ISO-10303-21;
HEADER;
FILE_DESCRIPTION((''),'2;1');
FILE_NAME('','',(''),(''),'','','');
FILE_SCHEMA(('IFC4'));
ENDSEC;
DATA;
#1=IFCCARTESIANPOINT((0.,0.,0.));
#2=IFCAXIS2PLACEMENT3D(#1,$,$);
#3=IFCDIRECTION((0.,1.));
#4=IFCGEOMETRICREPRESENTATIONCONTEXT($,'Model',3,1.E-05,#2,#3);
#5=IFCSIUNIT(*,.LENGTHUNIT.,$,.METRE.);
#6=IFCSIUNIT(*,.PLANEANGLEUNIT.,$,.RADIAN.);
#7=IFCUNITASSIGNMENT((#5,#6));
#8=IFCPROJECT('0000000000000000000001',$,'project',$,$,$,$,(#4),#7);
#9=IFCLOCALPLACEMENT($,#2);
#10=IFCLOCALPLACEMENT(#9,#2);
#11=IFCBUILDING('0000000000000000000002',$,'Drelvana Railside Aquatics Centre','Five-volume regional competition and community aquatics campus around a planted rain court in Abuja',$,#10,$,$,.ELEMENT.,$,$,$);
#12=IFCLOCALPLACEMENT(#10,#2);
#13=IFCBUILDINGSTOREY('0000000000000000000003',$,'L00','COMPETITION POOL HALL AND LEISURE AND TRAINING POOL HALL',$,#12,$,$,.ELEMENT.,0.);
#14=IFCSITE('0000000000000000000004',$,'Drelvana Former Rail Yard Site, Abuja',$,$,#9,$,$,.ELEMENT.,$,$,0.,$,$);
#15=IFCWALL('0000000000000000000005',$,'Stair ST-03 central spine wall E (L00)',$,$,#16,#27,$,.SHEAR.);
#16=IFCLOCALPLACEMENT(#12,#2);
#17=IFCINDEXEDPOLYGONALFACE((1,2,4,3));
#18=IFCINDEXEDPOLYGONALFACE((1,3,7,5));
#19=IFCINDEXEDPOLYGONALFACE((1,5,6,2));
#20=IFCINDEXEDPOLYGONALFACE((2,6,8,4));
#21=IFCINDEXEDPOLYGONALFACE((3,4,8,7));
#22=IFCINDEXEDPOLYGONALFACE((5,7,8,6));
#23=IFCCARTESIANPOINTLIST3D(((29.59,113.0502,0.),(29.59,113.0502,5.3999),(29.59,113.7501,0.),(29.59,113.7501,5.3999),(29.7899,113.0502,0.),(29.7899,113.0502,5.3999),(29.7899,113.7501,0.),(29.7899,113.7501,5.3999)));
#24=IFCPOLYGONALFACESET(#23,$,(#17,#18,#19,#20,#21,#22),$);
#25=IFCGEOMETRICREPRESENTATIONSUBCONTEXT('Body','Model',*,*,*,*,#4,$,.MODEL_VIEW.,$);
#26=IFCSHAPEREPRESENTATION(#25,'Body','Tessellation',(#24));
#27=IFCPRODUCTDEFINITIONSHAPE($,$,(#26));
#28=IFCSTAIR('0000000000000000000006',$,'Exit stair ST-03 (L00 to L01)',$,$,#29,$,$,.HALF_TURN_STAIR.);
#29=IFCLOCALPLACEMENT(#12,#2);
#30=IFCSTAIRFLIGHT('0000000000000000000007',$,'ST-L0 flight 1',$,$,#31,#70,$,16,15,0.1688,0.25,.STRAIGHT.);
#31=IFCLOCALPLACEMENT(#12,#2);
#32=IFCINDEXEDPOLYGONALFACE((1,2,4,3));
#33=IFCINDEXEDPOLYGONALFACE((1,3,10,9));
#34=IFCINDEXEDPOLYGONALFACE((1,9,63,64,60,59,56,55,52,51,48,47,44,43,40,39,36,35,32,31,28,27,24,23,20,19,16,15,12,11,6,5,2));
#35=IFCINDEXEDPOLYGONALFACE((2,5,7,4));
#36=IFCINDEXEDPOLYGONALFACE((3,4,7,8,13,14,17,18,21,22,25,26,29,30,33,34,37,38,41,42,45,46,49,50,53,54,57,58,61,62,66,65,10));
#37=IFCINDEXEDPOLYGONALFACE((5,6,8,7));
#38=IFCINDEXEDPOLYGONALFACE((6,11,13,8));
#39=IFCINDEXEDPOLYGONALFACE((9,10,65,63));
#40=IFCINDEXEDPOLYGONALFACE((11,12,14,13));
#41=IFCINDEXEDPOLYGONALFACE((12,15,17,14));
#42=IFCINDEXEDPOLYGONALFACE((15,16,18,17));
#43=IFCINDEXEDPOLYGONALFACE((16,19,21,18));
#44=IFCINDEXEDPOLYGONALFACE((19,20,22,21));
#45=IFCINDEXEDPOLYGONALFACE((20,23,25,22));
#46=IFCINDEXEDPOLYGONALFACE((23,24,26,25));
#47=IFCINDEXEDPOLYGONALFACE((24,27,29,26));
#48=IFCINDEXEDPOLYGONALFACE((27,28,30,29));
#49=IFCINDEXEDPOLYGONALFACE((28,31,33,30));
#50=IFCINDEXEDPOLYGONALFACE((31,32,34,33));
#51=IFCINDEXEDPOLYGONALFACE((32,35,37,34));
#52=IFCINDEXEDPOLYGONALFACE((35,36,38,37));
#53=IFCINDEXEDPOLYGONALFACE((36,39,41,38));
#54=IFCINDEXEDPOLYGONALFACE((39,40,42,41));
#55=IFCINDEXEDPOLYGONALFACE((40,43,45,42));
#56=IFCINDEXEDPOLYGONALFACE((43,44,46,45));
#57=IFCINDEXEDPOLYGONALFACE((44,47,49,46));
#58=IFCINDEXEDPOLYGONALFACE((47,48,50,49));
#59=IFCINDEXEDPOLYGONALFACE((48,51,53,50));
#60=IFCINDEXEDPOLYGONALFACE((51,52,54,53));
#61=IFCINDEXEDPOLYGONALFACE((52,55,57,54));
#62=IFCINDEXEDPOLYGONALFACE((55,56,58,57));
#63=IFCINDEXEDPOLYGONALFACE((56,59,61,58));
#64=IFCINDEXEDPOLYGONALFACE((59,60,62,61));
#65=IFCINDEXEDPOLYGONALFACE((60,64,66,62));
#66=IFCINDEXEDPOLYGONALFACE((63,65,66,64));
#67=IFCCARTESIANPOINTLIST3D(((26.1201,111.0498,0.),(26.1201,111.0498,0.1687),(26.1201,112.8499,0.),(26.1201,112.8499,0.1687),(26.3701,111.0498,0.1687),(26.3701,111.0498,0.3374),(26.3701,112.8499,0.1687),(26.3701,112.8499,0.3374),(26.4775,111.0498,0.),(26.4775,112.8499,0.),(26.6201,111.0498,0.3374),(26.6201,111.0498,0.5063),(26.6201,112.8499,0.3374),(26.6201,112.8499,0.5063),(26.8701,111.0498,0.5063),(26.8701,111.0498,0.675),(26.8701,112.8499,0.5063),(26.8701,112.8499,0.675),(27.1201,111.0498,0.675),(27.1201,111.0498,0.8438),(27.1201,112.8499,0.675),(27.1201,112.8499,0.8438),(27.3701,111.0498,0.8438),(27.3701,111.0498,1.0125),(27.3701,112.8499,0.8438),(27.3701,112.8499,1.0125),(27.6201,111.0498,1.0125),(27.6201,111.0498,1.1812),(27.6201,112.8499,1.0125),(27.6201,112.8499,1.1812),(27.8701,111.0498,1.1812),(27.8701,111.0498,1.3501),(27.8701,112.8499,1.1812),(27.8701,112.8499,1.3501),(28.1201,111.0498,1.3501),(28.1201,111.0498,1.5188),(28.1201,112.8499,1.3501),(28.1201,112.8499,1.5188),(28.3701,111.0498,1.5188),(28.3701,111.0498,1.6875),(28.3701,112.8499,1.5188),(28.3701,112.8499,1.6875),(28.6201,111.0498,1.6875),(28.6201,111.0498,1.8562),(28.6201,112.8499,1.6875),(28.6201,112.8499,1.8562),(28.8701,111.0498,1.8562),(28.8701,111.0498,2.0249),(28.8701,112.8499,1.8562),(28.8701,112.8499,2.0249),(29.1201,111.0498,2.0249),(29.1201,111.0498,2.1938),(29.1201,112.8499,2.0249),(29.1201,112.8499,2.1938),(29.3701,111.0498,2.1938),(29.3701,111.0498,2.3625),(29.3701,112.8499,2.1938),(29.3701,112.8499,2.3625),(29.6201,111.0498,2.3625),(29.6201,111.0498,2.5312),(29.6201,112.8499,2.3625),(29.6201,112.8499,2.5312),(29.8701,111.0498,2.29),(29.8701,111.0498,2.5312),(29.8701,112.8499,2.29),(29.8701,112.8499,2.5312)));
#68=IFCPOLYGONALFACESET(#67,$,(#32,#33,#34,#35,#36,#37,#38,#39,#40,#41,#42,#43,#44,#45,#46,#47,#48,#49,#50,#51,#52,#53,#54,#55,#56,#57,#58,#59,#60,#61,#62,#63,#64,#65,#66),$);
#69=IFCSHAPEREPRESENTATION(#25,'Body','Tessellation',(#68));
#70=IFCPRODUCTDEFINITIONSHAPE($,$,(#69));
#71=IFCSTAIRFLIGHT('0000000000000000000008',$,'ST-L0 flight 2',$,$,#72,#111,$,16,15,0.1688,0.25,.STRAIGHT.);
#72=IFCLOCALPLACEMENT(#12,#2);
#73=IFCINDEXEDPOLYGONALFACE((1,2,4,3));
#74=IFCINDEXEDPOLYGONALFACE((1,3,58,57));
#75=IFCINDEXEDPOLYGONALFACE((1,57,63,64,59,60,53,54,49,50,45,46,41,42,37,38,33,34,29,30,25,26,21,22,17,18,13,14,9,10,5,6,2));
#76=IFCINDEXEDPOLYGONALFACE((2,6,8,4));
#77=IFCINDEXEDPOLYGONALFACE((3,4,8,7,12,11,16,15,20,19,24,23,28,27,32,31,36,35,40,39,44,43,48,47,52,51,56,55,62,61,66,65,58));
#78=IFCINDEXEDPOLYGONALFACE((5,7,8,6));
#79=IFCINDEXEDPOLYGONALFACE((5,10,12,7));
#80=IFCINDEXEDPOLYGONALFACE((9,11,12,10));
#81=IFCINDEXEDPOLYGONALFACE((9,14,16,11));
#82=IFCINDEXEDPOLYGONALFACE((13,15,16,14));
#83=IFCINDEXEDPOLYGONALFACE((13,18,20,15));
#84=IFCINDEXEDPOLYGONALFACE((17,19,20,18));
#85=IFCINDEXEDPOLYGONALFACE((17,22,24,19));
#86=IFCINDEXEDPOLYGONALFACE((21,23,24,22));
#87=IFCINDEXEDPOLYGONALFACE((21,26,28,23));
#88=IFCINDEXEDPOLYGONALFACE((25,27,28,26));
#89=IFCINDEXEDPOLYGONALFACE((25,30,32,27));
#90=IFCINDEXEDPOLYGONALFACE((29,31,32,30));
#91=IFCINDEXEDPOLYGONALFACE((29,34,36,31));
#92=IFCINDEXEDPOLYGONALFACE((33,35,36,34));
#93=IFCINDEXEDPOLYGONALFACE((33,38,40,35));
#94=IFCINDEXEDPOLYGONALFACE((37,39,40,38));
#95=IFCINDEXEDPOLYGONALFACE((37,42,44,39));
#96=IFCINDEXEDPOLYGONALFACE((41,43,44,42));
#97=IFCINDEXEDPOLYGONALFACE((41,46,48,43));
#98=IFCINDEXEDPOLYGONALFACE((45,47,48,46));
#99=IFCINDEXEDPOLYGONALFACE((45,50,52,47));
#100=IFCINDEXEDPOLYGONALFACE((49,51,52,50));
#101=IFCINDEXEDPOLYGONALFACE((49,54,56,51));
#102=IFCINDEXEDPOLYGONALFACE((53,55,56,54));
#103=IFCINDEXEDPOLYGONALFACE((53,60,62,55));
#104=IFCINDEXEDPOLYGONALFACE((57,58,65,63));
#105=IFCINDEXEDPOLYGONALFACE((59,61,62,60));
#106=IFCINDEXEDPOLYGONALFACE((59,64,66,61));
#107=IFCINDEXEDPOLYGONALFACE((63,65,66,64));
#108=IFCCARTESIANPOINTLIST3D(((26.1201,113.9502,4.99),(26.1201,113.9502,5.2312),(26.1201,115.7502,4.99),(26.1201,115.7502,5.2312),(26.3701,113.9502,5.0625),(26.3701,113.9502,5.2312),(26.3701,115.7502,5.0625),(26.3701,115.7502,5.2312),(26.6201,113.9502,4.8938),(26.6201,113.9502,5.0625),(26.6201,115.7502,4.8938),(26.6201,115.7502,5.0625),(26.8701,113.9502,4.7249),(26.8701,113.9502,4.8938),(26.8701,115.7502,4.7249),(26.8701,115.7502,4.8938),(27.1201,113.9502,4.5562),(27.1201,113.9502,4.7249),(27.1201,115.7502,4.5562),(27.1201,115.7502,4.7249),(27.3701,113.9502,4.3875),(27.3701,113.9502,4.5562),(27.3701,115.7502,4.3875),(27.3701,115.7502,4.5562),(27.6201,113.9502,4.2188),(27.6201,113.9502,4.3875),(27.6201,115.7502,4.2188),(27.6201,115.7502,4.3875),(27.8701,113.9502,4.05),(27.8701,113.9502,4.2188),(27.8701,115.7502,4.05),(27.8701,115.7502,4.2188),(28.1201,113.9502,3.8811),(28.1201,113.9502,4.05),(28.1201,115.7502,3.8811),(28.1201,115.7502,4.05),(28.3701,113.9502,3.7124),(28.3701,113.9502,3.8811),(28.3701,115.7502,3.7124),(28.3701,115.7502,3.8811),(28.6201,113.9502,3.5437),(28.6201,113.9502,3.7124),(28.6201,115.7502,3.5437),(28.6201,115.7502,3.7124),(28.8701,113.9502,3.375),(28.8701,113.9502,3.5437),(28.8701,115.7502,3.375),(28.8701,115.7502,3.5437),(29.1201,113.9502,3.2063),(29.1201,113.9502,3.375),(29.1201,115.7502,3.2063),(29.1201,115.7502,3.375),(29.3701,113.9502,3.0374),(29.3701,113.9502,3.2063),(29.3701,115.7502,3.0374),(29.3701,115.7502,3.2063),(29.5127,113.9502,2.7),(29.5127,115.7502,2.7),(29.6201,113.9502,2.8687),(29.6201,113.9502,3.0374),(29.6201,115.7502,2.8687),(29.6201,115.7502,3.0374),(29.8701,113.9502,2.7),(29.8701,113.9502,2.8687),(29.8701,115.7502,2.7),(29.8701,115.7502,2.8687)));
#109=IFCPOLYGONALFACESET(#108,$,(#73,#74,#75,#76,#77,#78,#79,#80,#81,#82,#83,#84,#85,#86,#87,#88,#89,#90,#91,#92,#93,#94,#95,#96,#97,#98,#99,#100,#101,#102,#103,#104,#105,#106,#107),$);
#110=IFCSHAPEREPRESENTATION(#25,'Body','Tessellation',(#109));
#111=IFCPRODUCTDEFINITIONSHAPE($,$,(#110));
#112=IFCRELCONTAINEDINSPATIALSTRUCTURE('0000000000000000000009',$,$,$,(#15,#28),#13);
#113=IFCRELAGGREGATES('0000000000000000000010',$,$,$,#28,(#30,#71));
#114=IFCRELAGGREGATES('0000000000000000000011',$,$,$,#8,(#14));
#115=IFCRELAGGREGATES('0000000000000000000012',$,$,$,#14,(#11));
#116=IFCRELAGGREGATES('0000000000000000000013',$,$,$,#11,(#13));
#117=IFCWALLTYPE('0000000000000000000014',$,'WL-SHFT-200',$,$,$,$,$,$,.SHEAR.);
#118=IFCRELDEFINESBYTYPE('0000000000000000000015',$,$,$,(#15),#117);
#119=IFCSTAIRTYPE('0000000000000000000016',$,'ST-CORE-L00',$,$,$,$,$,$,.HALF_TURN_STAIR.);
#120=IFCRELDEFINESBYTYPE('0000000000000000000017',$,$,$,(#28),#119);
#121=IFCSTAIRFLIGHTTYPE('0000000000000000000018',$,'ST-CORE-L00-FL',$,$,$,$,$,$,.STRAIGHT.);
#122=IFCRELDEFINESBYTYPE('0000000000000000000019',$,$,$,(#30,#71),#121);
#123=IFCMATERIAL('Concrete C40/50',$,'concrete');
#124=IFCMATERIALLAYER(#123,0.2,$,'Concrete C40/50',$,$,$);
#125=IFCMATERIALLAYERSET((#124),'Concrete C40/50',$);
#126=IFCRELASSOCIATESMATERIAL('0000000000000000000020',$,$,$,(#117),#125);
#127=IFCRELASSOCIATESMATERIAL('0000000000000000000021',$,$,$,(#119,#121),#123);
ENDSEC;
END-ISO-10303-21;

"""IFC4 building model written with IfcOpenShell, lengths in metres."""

from ifc_helpers import new_model, si_unit, direction, frame, frame_2d, origin, place, context, subcontext, project, spatial, polyline, rectangle, outline, extrude, material, layer, layer_set, type_object, element, aggregate, save


model = new_model("IFC4")

# Units and contexts
model_context = context("Model", 3, precision=1e-05, world=origin(), true_north=direction((0.0, 1.0)))
body_context = subcontext(model_context, "Body", "Model", "MODEL_VIEW")
ifc_project = project(units=[si_unit("LENGTHUNIT", "METRE"), si_unit("PLANEANGLEUNIT", "RADIAN")], contexts=[model_context])

# Site, building, storey
site_placement = place(None, origin())
site = spatial("IfcSite", under=ifc_project, at=site_placement, Name="Drelvana Former Rail Yard Site, Abuja", CompositionType="ELEMENT", RefElevation=0.0)
building_placement = place(site_placement, origin())
building = spatial("IfcBuilding", under=site, at=building_placement, Name="Drelvana Railside Aquatics Centre", Description="Five-volume regional competition and community aquatics campus around a planted rain court in Abuja", CompositionType="ELEMENT")
storey_placement = place(building_placement, origin())
storey = spatial("IfcBuildingStorey", under=building, at=storey_placement, Name="L00", Description="COMPETITION POOL HALL AND LEISURE AND TRAINING POOL HALL", CompositionType="ELEMENT", Elevation=0.0)

# Shared definitions
ifc_material_1 = material(Name="Concrete C40/50", Category="concrete")

# Wall
ifc_layer_1 = layer(ifc_material_1, 0.2, Name="Concrete C40/50")
ifc_layer_set_1 = layer_set([ifc_layer_1], Name="Concrete C40/50")
wall_type_1 = type_object("IfcWallType", Name="WL-SHFT-200", PredefinedType="SHEAR", material=ifc_layer_set_1)
for number, where, z_axis, x_axis, name in (
    (1, (29.6899, 113.05, 0.0), (0.0, 0.0, 1.0), (0.0, 1.0, 0.0), "Stair ST-03 central spine wall E (L00)"),
):
    element("IfcWall", number, at=place(storey_placement, frame(where, z_axis=z_axis, x_axis=x_axis)), inside=storey, type_object=wall_type_1, Name=name, PredefinedType="SHEAR", context=body_context, shape_type="SweptSolid", body=[
        extrude(rectangle(XDim=0.7, YDim=0.2, at=frame_2d((0.3501, 0.0))), origin(), (0.0, 0.0, 1.0), 5.3999),
    ])

# Stair, stair flights
stair_type = type_object("IfcStairType", Name="ST-CORE-L00", PredefinedType="HALF_TURN_STAIR", material=ifc_material_1)
stair_placement = place(storey_placement, origin())
stair = element("IfcStair", 2, at=stair_placement, inside=storey, type_object=stair_type, Name="Exit stair ST-03 (L00 to L01)", PredefinedType="HALF_TURN_STAIR")
stair_flight_type = type_object("IfcStairFlightType", Name="ST-CORE-L00-FL", PredefinedType="STRAIGHT", material=ifc_material_1)
stair_flight_1_placement = place(storey_placement, frame((26.1201, 111.95, 0.0), z_axis=(0.0, 0.0, 1.0), x_axis=(1.0, 0.0, 0.0)))
stair_flight_1 = element("IfcStairFlight", 3, at=stair_flight_1_placement, type_object=stair_flight_type, Name="ST-L0 flight 1", NumberOfRisers=16, NumberOfTreads=15, PredefinedType="STRAIGHT", RiserHeight=0.1688, TreadLength=0.25, context=body_context, shape_type="SweptSolid", body=[
    extrude(outline(polyline([(0.0, 0.0), (0.0, 0.1687), (0.25, 0.1687), (0.25, 0.3374), (0.5, 0.3374), (0.5, 0.5063), (0.75, 0.5063), (0.75, 0.675), (1.0, 0.675), (1.0, 0.8438), (1.25, 0.8438), (1.25, 1.0125), (1.5, 1.0125), (1.5, 1.1812), (1.75, 1.1812), (1.75, 1.3501), (2.0, 1.3501), (2.0, 1.5188), (2.25, 1.5188), (2.25, 1.6875), (2.5, 1.6875), (2.5, 1.8562), (2.75, 1.8562), (2.75, 2.0249), (3.0, 2.0249), (3.0, 2.1938), (3.25, 2.1938), (3.25, 2.3625), (3.5, 2.3625), (3.5, 2.5312), (3.75, 2.5312), (3.75, 2.7), (3.75, 2.29), (0.3574, 0.0), (0.0, 0.0)])), frame((0.0, 0.8999, 0.0), z_axis=(0.0, -1.0, 0.0), x_axis=(1.0, 0.0, 0.0)), (0.0, 0.0, 1.0), 1.8),
])
stair_flight_2_placement = place(storey_placement, frame((29.8701, 114.8501, 2.7), z_axis=(0.0, 0.0, 1.0), x_axis=(-1.0, 0.0, 0.0)))
stair_flight_2 = element("IfcStairFlight", 4, at=stair_flight_2_placement, type_object=stair_flight_type, Name="ST-L0 flight 2", NumberOfRisers=16, NumberOfTreads=15, PredefinedType="STRAIGHT", RiserHeight=0.1688, TreadLength=0.25, context=body_context, shape_type="SweptSolid", body=[
    extrude(outline(polyline([(0.0, 0.0), (0.0, 0.1687), (0.25, 0.1687), (0.25, 0.3374), (0.5, 0.3374), (0.5, 0.5063), (0.75, 0.5063), (0.75, 0.675), (1.0, 0.675), (1.0, 0.8438), (1.25, 0.8438), (1.25, 1.0125), (1.5, 1.0125), (1.5, 1.1812), (1.75, 1.1812), (1.75, 1.3501), (2.0, 1.3501), (2.0, 1.5188), (2.25, 1.5188), (2.25, 1.6875), (2.5, 1.6875), (2.5, 1.8562), (2.75, 1.8562), (2.75, 2.0249), (3.0, 2.0249), (3.0, 2.1938), (3.25, 2.1938), (3.25, 2.3625), (3.5, 2.3625), (3.5, 2.5312), (3.75, 2.5312), (3.75, 2.7), (3.75, 2.29), (0.3574, 0.0), (0.0, 0.0)])), frame((0.0, 0.8999, 0.0), z_axis=(0.0, -1.0, 0.0), x_axis=(1.0, 0.0, 0.0)), (0.0, 0.0, 1.0), 1.8),
])
aggregate(stair, [stair_flight_1, stair_flight_2])

save(model, "model.ifc")
